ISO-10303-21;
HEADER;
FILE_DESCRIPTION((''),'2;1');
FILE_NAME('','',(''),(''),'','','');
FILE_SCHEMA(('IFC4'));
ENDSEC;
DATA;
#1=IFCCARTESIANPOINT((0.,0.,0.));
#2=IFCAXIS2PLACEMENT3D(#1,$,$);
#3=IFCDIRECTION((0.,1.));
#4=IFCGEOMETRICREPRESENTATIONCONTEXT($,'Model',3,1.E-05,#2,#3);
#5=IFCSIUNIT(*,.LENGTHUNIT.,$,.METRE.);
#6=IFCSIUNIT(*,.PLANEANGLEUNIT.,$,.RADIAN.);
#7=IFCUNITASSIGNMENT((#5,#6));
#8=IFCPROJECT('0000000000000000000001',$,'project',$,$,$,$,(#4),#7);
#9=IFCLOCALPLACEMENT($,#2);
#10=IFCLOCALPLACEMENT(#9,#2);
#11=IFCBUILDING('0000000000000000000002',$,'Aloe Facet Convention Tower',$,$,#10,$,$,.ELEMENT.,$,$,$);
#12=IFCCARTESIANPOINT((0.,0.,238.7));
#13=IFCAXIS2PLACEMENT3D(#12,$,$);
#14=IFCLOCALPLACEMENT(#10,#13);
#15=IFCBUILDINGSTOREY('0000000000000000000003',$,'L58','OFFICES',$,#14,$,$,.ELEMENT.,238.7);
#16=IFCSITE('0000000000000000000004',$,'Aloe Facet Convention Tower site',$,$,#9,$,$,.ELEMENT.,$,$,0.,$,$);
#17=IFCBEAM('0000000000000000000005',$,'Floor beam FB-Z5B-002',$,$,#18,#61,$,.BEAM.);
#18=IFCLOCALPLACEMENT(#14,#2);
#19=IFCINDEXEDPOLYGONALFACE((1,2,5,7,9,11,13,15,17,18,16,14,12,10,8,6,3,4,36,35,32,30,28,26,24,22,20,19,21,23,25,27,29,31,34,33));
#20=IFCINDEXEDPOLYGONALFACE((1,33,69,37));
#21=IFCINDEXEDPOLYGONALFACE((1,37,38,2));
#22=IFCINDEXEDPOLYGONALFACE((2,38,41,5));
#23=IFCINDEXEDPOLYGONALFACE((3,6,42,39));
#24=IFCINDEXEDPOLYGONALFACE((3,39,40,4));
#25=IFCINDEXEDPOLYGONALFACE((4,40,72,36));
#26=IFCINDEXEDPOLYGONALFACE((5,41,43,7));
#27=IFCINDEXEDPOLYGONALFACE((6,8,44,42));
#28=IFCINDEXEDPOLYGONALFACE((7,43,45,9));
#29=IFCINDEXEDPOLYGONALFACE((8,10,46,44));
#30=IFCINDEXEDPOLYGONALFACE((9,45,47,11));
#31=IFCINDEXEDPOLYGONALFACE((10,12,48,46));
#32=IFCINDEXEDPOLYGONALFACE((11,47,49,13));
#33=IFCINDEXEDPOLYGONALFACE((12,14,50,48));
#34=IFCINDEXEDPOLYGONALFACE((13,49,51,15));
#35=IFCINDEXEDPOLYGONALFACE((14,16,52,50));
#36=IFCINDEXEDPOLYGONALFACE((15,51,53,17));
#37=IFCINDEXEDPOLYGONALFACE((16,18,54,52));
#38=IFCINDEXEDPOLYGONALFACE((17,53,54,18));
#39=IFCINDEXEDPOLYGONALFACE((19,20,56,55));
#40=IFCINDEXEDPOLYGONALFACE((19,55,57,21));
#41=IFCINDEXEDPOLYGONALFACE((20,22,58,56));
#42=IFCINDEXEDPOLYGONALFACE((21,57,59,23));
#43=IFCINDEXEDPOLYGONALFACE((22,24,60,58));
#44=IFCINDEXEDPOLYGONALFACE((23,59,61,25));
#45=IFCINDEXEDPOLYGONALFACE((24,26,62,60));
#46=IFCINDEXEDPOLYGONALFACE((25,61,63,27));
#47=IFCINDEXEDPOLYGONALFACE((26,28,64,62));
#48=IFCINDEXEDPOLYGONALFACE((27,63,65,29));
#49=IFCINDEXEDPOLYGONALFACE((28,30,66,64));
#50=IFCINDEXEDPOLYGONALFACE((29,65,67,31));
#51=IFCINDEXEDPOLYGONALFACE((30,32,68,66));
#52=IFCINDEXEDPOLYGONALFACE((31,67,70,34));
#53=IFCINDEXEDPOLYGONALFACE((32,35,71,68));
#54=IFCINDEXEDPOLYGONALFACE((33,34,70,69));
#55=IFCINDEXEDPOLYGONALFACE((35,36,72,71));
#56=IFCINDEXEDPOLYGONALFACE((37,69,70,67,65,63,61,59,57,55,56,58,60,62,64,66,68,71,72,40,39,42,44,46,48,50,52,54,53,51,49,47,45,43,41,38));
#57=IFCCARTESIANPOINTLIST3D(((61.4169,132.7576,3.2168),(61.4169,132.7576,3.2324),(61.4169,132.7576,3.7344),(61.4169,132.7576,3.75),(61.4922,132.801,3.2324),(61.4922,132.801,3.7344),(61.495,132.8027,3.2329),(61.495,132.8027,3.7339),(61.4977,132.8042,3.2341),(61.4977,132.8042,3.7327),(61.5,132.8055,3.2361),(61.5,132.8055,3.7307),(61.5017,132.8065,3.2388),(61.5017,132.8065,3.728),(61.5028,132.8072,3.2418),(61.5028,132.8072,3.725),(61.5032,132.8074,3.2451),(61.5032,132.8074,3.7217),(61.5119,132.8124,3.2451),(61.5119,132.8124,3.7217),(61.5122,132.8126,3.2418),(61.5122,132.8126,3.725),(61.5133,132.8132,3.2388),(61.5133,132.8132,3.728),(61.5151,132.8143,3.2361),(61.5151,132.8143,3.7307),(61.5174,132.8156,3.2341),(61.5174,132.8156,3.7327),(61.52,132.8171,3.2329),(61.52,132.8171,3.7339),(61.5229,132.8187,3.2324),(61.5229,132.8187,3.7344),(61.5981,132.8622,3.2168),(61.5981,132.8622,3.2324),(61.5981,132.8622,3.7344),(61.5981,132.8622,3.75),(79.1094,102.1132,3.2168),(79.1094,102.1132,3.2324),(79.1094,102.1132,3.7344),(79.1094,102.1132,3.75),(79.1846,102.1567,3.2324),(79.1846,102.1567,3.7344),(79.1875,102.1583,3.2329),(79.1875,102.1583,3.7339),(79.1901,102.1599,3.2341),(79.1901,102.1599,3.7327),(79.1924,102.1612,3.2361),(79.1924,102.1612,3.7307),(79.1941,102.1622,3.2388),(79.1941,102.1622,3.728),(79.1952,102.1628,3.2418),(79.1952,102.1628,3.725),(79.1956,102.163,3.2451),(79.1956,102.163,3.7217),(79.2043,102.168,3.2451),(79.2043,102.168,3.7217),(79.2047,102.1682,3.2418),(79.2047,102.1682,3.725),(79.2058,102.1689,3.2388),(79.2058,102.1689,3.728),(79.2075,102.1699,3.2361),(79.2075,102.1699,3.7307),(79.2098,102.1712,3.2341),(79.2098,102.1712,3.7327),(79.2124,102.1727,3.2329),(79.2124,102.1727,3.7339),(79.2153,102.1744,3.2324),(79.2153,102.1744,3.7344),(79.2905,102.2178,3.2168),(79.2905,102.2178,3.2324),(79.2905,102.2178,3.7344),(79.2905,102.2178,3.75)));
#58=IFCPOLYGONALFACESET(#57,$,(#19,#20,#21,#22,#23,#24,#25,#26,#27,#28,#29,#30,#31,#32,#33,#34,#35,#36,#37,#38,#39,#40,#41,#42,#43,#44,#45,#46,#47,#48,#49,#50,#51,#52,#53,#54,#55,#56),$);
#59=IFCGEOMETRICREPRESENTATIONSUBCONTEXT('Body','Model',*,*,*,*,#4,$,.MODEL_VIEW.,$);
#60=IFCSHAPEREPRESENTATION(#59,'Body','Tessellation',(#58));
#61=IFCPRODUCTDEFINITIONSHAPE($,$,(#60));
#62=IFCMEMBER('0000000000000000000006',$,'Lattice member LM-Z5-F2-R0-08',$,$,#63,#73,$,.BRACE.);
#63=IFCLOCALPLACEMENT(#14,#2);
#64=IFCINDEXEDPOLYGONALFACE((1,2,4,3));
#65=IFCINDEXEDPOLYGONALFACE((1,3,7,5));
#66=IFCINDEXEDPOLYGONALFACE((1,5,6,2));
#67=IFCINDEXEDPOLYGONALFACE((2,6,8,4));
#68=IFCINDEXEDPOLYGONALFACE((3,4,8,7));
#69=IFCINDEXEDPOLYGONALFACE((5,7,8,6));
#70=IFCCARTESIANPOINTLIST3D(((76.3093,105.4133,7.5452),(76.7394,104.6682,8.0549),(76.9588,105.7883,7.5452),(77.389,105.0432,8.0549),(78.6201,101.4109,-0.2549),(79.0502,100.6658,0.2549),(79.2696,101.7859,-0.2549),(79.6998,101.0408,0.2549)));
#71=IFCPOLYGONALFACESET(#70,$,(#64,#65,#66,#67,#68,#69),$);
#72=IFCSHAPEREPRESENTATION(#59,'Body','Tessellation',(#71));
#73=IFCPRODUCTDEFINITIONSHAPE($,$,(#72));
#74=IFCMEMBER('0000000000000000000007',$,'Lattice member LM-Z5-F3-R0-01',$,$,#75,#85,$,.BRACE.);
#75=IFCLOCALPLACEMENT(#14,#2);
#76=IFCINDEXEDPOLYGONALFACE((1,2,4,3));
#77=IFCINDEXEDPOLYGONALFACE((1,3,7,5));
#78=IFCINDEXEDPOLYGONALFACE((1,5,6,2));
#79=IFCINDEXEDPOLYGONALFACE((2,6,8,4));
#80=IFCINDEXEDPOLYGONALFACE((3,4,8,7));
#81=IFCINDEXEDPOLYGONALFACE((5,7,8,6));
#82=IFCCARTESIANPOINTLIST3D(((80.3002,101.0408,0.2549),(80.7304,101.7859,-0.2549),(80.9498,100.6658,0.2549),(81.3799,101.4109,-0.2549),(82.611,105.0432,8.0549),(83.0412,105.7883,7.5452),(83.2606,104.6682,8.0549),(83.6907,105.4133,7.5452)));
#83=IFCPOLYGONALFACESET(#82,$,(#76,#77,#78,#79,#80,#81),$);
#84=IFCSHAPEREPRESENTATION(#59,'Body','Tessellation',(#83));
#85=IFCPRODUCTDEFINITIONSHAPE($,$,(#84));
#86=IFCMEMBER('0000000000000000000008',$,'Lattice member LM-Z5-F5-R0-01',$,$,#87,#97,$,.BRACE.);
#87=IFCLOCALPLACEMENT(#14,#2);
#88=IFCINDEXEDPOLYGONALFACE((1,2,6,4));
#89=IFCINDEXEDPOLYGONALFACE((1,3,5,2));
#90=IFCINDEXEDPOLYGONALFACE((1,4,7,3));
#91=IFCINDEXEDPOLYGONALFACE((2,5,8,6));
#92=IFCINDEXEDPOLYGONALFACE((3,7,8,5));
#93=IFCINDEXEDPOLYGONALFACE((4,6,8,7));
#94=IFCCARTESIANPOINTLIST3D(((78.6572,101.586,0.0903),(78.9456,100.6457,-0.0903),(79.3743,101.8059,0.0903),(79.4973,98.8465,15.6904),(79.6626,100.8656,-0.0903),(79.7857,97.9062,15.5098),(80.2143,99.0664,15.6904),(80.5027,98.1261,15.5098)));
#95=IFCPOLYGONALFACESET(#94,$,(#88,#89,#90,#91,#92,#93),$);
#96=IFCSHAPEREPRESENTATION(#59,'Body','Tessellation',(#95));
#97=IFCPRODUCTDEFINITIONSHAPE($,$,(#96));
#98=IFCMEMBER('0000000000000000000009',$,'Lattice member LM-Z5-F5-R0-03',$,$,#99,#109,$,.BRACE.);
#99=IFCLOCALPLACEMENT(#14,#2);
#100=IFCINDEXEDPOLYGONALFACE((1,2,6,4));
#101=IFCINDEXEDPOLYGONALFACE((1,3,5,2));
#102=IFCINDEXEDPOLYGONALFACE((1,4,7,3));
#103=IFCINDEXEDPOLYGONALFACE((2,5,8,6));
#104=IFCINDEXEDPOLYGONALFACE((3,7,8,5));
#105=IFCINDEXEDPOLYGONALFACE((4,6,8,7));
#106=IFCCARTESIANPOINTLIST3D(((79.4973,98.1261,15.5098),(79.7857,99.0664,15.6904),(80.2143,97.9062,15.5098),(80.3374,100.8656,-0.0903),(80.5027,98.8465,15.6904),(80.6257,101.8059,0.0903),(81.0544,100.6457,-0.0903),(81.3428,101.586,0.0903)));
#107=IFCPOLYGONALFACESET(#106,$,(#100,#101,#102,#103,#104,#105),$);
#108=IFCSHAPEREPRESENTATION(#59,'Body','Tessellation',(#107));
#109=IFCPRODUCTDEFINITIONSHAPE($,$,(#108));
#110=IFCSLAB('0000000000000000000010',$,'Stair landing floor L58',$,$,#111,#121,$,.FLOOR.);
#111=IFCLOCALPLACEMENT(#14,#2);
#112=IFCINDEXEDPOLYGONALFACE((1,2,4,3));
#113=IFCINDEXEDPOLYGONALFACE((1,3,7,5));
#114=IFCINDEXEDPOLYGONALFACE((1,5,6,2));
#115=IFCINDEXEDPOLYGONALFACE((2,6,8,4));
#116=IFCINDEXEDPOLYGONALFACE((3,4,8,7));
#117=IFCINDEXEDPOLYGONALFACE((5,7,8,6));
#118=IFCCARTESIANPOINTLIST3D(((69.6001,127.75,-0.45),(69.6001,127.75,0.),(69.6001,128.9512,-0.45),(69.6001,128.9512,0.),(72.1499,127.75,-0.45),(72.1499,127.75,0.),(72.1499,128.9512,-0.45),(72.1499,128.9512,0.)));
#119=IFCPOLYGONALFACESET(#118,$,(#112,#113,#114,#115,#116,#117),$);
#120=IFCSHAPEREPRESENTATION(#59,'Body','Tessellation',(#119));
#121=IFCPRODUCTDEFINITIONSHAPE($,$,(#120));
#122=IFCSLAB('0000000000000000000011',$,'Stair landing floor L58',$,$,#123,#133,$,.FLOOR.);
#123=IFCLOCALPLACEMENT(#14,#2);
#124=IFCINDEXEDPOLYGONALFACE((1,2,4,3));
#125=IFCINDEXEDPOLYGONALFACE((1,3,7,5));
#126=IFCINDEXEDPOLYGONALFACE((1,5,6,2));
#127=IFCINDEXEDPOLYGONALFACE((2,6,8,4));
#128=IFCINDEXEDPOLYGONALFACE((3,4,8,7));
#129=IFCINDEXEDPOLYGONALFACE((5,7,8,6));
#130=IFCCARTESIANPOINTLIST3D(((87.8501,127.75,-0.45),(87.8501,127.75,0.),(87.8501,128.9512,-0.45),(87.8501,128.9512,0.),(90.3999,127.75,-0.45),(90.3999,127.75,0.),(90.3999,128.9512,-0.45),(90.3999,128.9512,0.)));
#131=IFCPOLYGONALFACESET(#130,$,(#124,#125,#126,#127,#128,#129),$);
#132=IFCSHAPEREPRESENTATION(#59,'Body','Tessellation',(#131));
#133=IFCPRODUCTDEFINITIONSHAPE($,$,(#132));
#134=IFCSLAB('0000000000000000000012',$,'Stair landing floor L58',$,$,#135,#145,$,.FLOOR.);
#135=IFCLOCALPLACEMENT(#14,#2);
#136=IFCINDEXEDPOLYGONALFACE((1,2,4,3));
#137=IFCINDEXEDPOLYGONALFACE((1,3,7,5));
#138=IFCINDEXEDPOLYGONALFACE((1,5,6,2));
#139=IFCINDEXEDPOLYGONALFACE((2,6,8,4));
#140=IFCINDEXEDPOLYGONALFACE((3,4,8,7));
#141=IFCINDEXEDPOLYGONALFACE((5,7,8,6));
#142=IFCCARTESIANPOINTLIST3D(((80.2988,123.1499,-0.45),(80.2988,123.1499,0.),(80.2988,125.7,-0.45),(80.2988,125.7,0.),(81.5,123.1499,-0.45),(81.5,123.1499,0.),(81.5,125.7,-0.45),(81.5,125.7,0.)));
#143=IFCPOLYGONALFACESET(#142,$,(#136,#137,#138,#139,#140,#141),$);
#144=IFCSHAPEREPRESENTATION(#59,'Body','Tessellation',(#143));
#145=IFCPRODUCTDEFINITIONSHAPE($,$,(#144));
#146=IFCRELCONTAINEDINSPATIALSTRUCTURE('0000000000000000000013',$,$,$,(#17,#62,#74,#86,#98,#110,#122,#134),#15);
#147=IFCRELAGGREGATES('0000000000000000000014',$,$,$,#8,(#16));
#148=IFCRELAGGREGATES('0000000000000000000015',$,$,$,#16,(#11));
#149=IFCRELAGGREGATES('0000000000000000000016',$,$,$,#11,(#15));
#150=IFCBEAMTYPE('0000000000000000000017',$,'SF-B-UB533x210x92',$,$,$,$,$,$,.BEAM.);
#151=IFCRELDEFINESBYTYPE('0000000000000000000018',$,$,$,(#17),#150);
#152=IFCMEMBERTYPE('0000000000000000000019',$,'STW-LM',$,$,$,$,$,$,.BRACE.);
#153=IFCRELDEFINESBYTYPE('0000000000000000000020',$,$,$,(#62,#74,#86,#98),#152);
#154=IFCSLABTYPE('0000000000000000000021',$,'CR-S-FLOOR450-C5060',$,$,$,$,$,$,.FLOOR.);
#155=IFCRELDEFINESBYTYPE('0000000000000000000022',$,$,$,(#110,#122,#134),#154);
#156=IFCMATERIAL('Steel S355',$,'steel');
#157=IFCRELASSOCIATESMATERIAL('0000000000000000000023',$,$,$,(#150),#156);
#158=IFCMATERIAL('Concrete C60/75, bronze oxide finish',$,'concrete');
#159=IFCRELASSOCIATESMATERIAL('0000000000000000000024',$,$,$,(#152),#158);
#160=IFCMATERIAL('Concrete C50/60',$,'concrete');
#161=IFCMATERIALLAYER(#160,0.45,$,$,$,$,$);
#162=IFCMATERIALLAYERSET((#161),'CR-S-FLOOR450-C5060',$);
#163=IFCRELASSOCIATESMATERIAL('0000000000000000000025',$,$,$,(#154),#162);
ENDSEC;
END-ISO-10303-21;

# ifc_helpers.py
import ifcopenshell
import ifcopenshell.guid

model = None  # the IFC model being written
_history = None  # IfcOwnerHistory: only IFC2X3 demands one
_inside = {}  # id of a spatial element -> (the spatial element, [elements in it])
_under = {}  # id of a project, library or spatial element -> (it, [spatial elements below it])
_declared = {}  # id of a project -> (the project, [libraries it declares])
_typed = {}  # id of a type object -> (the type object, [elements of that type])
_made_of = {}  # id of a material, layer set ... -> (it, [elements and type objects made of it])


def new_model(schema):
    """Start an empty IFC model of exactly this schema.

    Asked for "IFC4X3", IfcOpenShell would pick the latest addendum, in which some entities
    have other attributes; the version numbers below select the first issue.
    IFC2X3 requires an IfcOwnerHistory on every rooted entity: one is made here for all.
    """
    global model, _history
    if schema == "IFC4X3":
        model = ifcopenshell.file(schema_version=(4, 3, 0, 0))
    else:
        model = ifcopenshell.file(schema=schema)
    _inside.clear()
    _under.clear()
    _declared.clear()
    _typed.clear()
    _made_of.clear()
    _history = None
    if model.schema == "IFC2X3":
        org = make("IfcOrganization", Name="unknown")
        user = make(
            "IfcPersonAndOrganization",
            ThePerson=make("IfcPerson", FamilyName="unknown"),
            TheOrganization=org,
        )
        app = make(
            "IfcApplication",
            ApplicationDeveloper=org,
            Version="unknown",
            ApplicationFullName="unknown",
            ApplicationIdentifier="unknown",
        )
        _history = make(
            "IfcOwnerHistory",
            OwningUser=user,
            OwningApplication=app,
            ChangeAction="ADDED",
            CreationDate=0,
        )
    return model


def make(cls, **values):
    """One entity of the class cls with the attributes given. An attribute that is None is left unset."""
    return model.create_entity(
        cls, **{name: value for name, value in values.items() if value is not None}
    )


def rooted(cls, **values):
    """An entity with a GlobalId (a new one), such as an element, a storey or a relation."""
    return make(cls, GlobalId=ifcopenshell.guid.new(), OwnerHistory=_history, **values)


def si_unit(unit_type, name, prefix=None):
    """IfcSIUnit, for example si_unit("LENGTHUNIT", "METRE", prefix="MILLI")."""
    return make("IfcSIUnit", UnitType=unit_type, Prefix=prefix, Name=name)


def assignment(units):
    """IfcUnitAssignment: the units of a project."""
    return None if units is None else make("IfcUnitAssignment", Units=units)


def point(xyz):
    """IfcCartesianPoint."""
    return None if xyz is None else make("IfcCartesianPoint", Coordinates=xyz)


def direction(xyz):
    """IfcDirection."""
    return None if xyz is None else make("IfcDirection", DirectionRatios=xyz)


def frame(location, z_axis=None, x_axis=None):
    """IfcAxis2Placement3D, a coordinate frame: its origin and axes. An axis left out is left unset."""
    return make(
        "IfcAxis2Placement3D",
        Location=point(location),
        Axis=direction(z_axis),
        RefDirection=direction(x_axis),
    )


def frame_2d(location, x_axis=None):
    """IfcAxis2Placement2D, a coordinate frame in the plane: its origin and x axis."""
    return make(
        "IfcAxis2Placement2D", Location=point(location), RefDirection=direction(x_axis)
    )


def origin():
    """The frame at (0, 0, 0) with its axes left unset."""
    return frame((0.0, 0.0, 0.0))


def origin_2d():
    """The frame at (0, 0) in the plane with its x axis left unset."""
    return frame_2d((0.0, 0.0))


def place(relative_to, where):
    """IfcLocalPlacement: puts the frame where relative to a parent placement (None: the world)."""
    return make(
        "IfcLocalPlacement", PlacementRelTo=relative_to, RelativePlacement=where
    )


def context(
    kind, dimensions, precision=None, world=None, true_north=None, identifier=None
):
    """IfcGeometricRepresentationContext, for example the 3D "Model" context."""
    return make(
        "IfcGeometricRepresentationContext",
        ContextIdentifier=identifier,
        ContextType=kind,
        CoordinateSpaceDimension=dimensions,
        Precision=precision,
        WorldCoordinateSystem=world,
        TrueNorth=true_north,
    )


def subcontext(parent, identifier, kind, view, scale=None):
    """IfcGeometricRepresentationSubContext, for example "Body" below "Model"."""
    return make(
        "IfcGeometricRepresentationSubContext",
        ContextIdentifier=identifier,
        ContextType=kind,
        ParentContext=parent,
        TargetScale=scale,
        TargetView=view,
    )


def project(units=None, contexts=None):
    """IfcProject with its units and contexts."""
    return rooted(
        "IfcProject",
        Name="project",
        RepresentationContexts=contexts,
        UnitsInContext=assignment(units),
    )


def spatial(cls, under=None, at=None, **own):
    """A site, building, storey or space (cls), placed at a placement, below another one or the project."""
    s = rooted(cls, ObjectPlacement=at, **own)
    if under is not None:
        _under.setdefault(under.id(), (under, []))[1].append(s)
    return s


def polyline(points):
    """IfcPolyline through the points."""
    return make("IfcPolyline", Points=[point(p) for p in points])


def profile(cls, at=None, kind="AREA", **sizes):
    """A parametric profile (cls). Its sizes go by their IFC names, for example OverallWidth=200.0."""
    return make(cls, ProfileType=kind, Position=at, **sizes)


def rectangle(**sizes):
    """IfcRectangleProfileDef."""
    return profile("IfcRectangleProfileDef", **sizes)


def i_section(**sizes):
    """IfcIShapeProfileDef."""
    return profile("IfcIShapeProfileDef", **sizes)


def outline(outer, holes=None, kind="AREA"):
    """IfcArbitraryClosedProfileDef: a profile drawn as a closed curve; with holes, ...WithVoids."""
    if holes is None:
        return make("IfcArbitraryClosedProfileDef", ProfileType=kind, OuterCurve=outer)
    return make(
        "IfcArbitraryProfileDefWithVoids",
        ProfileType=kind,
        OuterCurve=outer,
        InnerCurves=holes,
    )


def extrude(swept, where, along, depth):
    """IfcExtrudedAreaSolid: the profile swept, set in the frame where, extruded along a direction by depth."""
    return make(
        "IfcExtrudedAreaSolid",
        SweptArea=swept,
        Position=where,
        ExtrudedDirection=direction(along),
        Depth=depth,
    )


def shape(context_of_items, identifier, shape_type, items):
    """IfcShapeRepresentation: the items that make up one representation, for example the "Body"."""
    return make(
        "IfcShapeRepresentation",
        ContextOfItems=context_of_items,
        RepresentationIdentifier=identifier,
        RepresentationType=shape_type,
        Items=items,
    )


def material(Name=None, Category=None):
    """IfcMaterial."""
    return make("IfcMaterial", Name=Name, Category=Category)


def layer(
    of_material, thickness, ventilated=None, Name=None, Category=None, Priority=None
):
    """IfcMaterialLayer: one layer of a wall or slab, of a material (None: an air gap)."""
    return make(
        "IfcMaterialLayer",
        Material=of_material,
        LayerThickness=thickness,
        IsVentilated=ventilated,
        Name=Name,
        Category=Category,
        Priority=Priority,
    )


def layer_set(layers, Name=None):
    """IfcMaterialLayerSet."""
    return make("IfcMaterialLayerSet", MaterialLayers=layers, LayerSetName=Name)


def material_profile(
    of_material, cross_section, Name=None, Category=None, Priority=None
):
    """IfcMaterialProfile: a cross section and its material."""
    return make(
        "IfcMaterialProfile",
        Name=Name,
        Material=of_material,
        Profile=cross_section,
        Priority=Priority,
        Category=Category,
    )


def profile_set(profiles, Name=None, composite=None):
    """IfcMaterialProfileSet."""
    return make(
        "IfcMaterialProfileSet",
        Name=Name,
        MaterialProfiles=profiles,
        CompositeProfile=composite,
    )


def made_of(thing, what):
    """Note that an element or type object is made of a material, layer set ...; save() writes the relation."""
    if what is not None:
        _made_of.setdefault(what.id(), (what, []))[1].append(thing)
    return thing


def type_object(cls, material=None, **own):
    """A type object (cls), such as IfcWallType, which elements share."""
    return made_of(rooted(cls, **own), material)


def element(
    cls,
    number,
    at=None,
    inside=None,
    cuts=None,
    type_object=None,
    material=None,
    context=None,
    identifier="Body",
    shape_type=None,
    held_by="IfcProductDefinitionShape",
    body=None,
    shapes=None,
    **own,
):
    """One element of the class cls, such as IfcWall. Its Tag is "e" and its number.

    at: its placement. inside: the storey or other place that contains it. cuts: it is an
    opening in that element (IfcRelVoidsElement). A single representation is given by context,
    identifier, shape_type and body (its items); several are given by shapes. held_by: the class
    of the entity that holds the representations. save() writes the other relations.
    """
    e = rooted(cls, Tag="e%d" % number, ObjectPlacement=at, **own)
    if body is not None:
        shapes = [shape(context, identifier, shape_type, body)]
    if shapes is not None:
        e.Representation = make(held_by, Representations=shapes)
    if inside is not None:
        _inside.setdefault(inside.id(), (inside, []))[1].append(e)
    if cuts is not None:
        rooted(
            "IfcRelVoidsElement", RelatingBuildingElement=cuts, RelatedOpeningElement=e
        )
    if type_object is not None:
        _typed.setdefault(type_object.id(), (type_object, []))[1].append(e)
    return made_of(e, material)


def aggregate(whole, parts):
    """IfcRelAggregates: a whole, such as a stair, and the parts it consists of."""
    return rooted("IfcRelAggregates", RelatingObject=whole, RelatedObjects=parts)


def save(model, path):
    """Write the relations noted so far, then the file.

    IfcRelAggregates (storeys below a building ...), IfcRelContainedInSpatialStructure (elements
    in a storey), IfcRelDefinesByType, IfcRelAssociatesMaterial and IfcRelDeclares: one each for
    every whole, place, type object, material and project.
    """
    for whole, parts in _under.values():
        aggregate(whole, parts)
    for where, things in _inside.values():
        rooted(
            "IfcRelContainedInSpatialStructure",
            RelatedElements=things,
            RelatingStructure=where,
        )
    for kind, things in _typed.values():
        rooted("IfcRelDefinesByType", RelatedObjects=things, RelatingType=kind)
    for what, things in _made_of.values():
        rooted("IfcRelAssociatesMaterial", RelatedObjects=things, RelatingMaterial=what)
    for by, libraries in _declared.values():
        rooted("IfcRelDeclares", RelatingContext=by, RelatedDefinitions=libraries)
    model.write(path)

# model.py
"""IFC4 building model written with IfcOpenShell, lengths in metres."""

from ifc_helpers import new_model, si_unit, direction, frame, origin, origin_2d, place, context, subcontext, project, spatial, polyline, rectangle, i_section, outline, extrude, material, layer, layer_set, material_profile, profile_set, type_object, element, save


model = new_model("IFC4")

# Units and contexts
model_context = context("Model", 3, precision=1e-05, world=origin(), true_north=direction((0.0, 1.0)))
body_context = subcontext(model_context, "Body", "Model", "MODEL_VIEW")
ifc_project = project(units=[si_unit("LENGTHUNIT", "METRE"), si_unit("PLANEANGLEUNIT", "RADIAN")], contexts=[model_context])

# Site, building, storey
site_placement = place(None, origin())
site = spatial("IfcSite", under=ifc_project, at=site_placement, Name="Aloe Facet Convention Tower site", CompositionType="ELEMENT", RefElevation=0.0)
building_placement = place(site_placement, origin())
building = spatial("IfcBuilding", under=site, at=building_placement, Name="Aloe Facet Convention Tower", CompositionType="ELEMENT")
storey_placement = place(building_placement, frame((0.0, 0.0, 238.7)))
storey = spatial("IfcBuildingStorey", under=building, at=storey_placement, Name="L58", Description="OFFICES", CompositionType="ELEMENT", Elevation=238.7)

# Beam
ifc_material_1 = material(Name="Steel S355", Category="steel")
ifc_material_profile_1 = material_profile(ifc_material_1, i_section(OverallWidth=0.2092, OverallDepth=0.5332, WebThickness=0.01, FlangeThickness=0.0156, FilletRadius=0.0127, at=origin_2d()), Name="UB 533x210x92")
ifc_profile_set_1 = profile_set([ifc_material_profile_1], Name="Steel S355")
beam_type = type_object("IfcBeamType", Name="SF-B-UB533x210x92", PredefinedType="BEAM", material=ifc_profile_set_1)
beam_placement = place(storey_placement, frame((79.2, 102.1655, 3.4834), z_axis=(-0.499998, 0.866027, 0.0), x_axis=(-0.866027, -0.499998, 0.0)))
element("IfcBeam", 1, at=beam_placement, inside=storey, type_object=beam_type, Name="Floor beam FB-Z5B-002", PredefinedType="BEAM", context=body_context, shape_type="SweptSolid", body=[
    extrude(i_section(OverallWidth=0.2092, OverallDepth=0.5332, WebThickness=0.01, FlangeThickness=0.0156, FilletRadius=0.0127, at=origin_2d()), origin(), (0.0, 0.0, 1.0), 35.385),
])

# Members
ifc_material_2 = material(Name="Concrete C60/75, bronze oxide finish", Category="concrete")
ifc_material_profile_2 = material_profile(ifc_material_2, rectangle(XDim=0.75, YDim=1.0, at=origin_2d()), Name="STW-LM")
ifc_profile_set_2 = profile_set([ifc_material_profile_2], Name="Concrete C60/75, bronze oxide finish")
member_type = type_object("IfcMemberType", Name="STW-LM", PredefinedType="BRACE", material=ifc_profile_set_2)
for number, where, z_axis, x_axis, name in (
    (2, (79.1599, 101.2258, 0.0), (-0.254873, 0.441458, 0.860322), (-0.866027, -0.499997, 0.0), "Lattice member LM-Z5-F2-R0-08"),
    (3, (80.8401, 101.2258, 0.0), (0.254873, 0.441458, 0.860322), (-0.866027, 0.499997, 0.0), "Lattice member LM-Z5-F3-R0-01"),
):
    element("IfcMember", number, at=place(storey_placement, frame(where, z_axis=z_axis, x_axis=x_axis)), inside=storey, type_object=member_type, Name=name, PredefinedType="BRACE", context=body_context, shape_type="SweptSolid", body=[
        extrude(rectangle(XDim=0.75, YDim=1.0, at=origin_2d()), origin(), (0.0, 0.0, 1.0), 9.0664),
    ])
for number, where, z_axis, x_axis, name in (
    (4, (79.1599, 101.2258, 0.0), (0.052965, -0.172719, 0.983546), (0.956057, 0.293182, 0.0), "Lattice member LM-Z5-F5-R0-01"),
    (5, (80.8401, 101.2258, 0.0), (-0.052965, -0.172719, 0.983546), (0.956057, -0.293182, 0.0), "Lattice member LM-Z5-F5-R0-03"),
):
    element("IfcMember", number, at=place(storey_placement, frame(where, z_axis=z_axis, x_axis=x_axis)), inside=storey, type_object=member_type, Name=name, PredefinedType="BRACE", context=body_context, shape_type="SweptSolid", body=[
        extrude(rectangle(XDim=0.75, YDim=1.0, at=origin_2d()), origin(), (0.0, 0.0, 1.0), 15.8611),
    ])

# Slabs
ifc_material_3 = material(Name="Concrete C50/60", Category="concrete")
ifc_layer_1 = layer(ifc_material_3, 0.45)
ifc_layer_set_1 = layer_set([ifc_layer_1], Name="CR-S-FLOOR450-C5060")
slab_type_1 = type_object("IfcSlabType", Name="CR-S-FLOOR450-C5060", PredefinedType="FLOOR", material=ifc_layer_set_1)
slab_1_placement = place(storey_placement, frame((0.0, 0.0, -0.45)))
element("IfcSlab", 6, at=slab_1_placement, inside=storey, type_object=slab_type_1, Name="Stair landing floor L58", PredefinedType="FLOOR", context=body_context, shape_type="SweptSolid", body=[
    extrude(outline(polyline([(72.1499, 127.75), (72.1499, 128.9512), (69.6001, 128.9512), (69.6001, 127.75), (72.1499, 127.75)])), origin(), (0.0, 0.0, 1.0), 0.45),
])
slab_2_placement = place(storey_placement, frame((0.0, 0.0, -0.45)))
element("IfcSlab", 7, at=slab_2_placement, inside=storey, type_object=slab_type_1, Name="Stair landing floor L58", PredefinedType="FLOOR", context=body_context, shape_type="SweptSolid", body=[
    extrude(outline(polyline([(90.3999, 127.75), (90.3999, 128.9512), (87.8501, 128.9512), (87.8501, 127.75), (90.3999, 127.75)])), origin(), (0.0, 0.0, 1.0), 0.45),
])
slab_3_placement = place(storey_placement, frame((0.0, 0.0, -0.45)))
element("IfcSlab", 8, at=slab_3_placement, inside=storey, type_object=slab_type_1, Name="Stair landing floor L58", PredefinedType="FLOOR", context=body_context, shape_type="SweptSolid", body=[
    extrude(outline(polyline([(81.5, 125.7), (80.2988, 125.7), (80.2988, 123.1499), (81.5, 123.1499), (81.5, 125.7)])), origin(), (0.0, 0.0, 1.0), 0.45),
])

save(model, "model.ifc")
